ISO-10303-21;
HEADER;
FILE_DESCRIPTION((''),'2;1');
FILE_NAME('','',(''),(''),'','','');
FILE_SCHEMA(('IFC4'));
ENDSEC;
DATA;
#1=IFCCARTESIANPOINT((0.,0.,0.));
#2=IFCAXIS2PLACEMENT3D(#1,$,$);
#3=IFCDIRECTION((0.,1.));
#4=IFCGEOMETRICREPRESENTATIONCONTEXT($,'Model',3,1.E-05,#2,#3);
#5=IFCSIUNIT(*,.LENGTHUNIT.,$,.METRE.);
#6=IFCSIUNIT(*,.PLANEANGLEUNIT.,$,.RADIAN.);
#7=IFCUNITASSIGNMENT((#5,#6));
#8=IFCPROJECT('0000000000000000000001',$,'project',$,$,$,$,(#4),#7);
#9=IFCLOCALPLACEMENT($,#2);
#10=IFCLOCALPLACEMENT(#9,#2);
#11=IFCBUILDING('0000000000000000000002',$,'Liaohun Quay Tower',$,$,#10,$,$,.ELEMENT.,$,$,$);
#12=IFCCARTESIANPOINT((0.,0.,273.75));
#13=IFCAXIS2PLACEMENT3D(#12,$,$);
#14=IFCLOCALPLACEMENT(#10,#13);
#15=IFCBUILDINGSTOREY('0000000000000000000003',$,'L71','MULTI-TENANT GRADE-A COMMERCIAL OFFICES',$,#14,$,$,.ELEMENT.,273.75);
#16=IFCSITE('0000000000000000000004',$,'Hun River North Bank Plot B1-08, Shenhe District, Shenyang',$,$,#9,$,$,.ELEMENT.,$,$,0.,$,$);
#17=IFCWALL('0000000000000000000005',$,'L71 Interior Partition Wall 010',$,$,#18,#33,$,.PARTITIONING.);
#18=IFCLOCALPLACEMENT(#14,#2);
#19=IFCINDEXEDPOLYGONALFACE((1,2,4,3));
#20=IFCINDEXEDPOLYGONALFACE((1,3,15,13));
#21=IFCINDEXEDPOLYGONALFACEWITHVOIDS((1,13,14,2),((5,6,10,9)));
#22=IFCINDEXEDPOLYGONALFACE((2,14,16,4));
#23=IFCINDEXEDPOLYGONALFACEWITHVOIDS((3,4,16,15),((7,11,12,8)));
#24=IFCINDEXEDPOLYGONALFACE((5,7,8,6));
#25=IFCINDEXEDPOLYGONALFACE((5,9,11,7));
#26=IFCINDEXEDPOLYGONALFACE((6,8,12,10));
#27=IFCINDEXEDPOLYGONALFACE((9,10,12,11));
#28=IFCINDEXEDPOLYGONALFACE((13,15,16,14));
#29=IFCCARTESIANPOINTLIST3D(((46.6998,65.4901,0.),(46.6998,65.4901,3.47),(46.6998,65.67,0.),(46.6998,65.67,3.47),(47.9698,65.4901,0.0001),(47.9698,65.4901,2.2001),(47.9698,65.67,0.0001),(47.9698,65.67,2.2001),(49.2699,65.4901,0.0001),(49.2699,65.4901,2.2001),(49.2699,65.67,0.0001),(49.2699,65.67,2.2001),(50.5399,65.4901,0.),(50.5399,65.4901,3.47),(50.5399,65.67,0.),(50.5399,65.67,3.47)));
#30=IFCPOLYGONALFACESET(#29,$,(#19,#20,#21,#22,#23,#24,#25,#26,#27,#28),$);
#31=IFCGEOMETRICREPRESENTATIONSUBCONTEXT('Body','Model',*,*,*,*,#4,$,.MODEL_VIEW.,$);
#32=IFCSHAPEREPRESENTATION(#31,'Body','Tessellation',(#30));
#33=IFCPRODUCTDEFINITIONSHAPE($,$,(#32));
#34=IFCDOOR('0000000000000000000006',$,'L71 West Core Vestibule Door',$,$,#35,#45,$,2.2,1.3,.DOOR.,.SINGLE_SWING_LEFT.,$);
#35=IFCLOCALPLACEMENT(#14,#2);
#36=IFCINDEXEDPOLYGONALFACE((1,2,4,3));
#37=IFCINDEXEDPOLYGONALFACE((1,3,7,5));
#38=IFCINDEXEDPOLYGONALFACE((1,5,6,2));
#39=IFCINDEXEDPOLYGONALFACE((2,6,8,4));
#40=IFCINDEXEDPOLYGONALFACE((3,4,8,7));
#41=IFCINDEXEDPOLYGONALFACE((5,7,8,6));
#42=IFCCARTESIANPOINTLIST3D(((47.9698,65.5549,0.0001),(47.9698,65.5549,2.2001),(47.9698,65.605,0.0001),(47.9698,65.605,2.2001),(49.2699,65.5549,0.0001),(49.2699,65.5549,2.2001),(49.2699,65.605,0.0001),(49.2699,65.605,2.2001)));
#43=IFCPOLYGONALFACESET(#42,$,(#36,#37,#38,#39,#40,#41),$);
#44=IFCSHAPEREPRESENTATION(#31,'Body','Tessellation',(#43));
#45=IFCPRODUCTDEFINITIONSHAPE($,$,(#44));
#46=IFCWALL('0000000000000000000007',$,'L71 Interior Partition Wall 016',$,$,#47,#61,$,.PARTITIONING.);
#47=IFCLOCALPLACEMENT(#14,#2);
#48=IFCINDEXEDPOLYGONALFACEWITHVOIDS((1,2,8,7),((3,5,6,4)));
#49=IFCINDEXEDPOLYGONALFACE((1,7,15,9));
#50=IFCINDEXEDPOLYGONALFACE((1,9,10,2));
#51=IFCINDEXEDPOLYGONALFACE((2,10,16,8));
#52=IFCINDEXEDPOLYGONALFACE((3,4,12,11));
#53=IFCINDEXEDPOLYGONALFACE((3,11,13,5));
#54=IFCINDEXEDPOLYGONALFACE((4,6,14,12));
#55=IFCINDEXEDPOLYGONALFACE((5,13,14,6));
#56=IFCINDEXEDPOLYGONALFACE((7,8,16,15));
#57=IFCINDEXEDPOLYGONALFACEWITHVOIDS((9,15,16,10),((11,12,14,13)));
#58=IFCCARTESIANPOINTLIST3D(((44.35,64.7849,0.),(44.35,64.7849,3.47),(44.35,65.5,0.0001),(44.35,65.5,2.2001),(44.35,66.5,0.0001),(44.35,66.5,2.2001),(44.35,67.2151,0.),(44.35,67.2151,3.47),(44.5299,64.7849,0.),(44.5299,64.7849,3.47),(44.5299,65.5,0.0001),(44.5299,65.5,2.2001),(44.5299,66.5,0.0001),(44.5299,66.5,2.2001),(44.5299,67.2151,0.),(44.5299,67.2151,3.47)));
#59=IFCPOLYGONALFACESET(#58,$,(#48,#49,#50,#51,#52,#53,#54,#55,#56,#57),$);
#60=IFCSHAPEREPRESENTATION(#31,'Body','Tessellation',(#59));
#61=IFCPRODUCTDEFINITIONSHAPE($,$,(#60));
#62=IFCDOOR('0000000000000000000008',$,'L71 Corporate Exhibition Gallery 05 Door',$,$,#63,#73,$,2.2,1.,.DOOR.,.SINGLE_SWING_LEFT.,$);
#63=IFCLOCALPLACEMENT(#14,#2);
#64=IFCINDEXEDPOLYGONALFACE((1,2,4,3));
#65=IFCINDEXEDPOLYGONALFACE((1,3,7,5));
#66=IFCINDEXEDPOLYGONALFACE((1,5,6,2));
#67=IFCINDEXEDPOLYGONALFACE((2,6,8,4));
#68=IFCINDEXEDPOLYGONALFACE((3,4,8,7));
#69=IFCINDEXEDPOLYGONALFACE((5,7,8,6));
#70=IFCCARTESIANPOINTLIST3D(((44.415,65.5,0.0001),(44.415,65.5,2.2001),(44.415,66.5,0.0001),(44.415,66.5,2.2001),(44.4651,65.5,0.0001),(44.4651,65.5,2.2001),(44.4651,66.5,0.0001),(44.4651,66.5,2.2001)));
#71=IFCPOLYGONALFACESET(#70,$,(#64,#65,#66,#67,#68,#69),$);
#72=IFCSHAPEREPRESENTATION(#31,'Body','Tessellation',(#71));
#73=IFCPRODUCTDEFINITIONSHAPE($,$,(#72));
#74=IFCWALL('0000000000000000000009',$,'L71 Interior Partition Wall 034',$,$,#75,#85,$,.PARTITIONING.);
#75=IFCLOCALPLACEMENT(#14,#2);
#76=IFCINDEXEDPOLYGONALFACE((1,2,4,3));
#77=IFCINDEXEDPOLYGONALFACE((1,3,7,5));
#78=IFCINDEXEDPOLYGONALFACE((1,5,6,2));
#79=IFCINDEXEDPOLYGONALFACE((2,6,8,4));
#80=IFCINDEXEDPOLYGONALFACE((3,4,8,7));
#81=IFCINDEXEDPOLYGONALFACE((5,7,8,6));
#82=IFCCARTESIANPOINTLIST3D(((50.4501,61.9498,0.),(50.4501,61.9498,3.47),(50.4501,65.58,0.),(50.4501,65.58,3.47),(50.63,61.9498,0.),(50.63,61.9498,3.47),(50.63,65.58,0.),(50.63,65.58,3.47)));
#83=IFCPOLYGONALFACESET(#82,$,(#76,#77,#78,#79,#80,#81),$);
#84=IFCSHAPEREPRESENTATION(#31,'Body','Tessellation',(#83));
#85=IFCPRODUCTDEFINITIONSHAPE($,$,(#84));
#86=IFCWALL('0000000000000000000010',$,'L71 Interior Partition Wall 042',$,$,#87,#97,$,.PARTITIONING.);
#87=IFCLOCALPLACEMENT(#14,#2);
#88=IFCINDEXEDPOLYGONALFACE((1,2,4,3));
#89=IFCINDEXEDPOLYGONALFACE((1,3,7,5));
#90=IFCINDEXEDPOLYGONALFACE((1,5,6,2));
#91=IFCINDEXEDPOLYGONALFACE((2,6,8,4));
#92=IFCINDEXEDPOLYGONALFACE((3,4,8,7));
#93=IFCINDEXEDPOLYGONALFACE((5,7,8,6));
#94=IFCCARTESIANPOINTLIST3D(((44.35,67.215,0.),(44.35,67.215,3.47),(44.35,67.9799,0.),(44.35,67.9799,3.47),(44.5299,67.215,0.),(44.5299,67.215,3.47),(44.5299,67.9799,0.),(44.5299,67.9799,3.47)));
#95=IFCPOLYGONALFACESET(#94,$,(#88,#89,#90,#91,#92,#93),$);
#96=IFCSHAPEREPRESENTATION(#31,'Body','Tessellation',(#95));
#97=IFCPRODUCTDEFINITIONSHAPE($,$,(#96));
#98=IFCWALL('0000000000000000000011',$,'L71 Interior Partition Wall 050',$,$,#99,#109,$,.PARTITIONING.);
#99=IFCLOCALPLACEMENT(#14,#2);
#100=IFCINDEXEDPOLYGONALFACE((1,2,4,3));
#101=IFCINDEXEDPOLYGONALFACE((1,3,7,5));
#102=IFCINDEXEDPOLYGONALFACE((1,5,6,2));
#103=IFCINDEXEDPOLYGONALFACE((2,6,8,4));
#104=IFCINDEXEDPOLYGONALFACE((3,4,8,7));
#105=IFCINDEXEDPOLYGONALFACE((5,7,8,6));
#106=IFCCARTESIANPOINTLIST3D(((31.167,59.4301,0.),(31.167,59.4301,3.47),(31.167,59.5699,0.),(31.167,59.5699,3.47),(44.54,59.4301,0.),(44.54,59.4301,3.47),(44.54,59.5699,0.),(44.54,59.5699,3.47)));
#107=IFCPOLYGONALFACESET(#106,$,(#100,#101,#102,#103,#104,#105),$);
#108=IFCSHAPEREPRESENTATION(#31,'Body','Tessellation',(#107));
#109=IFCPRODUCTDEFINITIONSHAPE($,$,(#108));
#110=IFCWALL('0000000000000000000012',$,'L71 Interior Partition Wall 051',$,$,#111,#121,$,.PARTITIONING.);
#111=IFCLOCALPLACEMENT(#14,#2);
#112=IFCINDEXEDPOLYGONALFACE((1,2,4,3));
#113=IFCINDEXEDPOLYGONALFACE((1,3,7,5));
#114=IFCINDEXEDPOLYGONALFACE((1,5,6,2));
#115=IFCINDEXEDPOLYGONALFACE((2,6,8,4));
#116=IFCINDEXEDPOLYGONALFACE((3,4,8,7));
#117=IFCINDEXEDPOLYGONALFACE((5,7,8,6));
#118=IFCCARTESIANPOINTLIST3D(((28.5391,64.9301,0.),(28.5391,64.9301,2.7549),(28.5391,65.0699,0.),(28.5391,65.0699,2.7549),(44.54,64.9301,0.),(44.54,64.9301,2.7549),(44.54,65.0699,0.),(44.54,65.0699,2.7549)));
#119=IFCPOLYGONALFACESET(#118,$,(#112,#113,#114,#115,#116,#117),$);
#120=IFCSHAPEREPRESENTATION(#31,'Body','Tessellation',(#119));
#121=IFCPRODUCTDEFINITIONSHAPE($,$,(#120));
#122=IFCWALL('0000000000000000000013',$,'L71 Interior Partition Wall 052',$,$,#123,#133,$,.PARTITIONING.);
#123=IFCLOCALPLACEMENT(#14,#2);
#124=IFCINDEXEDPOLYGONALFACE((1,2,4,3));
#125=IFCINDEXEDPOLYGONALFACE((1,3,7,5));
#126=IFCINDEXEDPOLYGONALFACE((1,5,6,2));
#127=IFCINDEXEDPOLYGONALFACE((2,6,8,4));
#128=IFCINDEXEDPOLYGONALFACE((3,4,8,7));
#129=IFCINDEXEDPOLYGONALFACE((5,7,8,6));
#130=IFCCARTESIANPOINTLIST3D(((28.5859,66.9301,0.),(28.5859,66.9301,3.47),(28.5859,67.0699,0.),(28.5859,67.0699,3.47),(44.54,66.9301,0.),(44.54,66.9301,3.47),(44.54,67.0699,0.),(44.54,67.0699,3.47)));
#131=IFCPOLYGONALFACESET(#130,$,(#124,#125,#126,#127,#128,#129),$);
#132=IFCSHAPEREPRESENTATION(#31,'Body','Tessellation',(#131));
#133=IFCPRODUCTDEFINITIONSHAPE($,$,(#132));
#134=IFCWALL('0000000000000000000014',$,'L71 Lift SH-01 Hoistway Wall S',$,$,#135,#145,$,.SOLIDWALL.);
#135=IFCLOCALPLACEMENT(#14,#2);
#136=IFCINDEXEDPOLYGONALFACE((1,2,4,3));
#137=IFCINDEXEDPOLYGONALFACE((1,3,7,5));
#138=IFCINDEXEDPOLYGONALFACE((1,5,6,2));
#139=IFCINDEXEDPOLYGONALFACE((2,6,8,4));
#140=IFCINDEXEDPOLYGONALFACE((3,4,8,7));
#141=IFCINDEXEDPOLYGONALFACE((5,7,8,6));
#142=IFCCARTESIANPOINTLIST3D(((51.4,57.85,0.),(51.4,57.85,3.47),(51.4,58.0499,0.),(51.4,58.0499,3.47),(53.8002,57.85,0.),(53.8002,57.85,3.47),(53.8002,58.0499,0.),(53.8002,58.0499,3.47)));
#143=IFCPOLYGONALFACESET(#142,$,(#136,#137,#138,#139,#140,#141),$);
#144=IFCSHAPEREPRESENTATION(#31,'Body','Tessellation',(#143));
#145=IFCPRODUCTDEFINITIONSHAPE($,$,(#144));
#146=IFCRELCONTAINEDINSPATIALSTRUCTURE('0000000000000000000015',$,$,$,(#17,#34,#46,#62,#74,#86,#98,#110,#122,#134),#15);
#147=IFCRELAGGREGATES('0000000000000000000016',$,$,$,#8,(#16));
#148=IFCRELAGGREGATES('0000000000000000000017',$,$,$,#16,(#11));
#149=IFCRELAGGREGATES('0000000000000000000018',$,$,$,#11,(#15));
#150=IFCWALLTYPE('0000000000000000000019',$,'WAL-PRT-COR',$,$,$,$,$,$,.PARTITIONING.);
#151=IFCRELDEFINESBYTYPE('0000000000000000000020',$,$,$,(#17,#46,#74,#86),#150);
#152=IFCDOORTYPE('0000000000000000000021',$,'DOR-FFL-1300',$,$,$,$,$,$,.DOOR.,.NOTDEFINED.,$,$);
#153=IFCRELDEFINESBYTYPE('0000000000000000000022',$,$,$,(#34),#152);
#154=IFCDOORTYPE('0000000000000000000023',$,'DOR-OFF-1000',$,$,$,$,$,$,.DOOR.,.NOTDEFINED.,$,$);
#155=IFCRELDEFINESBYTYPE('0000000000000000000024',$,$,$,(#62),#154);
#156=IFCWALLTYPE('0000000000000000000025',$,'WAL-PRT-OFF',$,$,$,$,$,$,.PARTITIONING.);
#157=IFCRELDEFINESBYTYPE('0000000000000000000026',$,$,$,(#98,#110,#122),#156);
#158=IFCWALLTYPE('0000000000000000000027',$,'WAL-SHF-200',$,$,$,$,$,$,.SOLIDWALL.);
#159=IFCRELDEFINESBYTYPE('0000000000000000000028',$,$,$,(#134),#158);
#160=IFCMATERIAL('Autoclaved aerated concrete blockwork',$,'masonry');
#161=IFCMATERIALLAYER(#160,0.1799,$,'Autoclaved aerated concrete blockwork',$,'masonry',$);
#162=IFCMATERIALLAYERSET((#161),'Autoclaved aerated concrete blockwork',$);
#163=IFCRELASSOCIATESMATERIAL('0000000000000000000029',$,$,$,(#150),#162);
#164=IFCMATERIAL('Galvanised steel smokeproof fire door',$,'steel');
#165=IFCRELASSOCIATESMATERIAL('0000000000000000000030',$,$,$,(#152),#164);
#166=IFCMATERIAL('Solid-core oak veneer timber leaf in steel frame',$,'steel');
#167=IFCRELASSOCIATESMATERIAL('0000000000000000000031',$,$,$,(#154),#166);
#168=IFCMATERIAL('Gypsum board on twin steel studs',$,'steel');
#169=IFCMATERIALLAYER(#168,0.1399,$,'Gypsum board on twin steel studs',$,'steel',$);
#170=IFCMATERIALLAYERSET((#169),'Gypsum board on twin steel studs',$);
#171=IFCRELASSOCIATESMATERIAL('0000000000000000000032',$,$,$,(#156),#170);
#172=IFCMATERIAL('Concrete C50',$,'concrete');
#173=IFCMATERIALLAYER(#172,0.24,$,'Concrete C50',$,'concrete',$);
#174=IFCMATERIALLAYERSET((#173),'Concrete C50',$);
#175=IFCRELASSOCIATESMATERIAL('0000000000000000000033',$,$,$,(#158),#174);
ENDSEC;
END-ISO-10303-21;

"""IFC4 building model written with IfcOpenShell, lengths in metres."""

from ifc_helpers import new_model, si_unit, direction, frame, frame_2d, origin, place, context, subcontext, project, spatial, rectangle, extrude, source, transform, mapped, material, layer, layer_set, type_object, element, fill, save


model = new_model("IFC4")

# Units and contexts
model_context = context("Model", 3, precision=1e-05, world=origin(), true_north=direction((0.0, 1.0)))
body_context = subcontext(model_context, "Body", "Model", "MODEL_VIEW")
ifc_project = project(units=[si_unit("LENGTHUNIT", "METRE"), si_unit("PLANEANGLEUNIT", "RADIAN")], contexts=[model_context])

# Site, building, storey
site_placement = place(None, origin())
site = spatial("IfcSite", under=ifc_project, at=site_placement, Name="Hun River North Bank Plot B1-08, Shenhe District, Shenyang", CompositionType="ELEMENT", RefElevation=0.0)
building_placement = place(site_placement, origin())
building = spatial("IfcBuilding", under=site, at=building_placement, Name="Liaohun Quay Tower", CompositionType="ELEMENT")
storey_placement = place(building_placement, frame((0.0, 0.0, 273.75)))
storey = spatial("IfcBuildingStorey", under=building, at=storey_placement, Name="L71", Description="MULTI-TENANT GRADE-A COMMERCIAL OFFICES", CompositionType="ELEMENT", Elevation=273.75)

# Walls, openings, doors
ifc_material_1 = material(Name="Autoclaved aerated concrete blockwork", Category="masonry")
ifc_layer_1 = layer(ifc_material_1, 0.1799, Name="Autoclaved aerated concrete blockwork", Category="masonry")
ifc_layer_set_1 = layer_set([ifc_layer_1], Name="Autoclaved aerated concrete blockwork")
wall_type_1 = type_object("IfcWallType", Name="WAL-PRT-COR", PredefinedType="PARTITIONING", material=ifc_layer_set_1)
wall_1_placement = place(storey_placement, frame((46.7, 65.5801, 0.0), z_axis=(0.0, 0.0, 1.0), x_axis=(1.0, 0.0, 0.0)))
wall_1 = element("IfcWall", 1, at=wall_1_placement, inside=storey, type_object=wall_type_1, Name="L71 Interior Partition Wall 010", PredefinedType="PARTITIONING", context=body_context, shape_type="SweptSolid", body=[
    extrude(rectangle(XDim=3.8401, YDim=0.1799, at=frame_2d((1.9199, 0.0))), origin(), (0.0, 0.0, 1.0), 3.47),
])
shared_shape_1 = source(origin(), body_context, "Body", "SweptSolid", [
    extrude(rectangle(XDim=1.3, YDim=2.2, at=frame_2d((0.6499, 1.1001))), frame((0.0, 0.0999, 0.0), z_axis=(0.0, -1.0, 0.0), x_axis=(1.0, 0.0, 0.0)), (0.0, 0.0, 1.0), 0.2),
])
opening_1_placement = place(wall_1_placement, frame((1.27, 0.0, 0.0)))
opening_1 = element("IfcOpeningElement", 2, at=opening_1_placement, cuts=wall_1, PredefinedType="OPENING", context=body_context, shape_type="MappedRepresentation", body=[
    mapped(shared_shape_1, transform((0.0, 0.0, 0.0), x_axis=(1.0, 0.0, 0.0), y_axis=(0.0, 1.0, 0.0), z_axis=(0.0, 0.0, 1.0), scale=1.0)),
])
ifc_material_2 = material(Name="Galvanised steel smokeproof fire door", Category="steel")
door_type_1 = type_object("IfcDoorType", Name="DOR-FFL-1300", OperationType="NOTDEFINED", PredefinedType="DOOR", material=ifc_material_2)
shared_shape_2 = source(origin(), body_context, "Body", "SweptSolid", [
    extrude(rectangle(XDim=1.3, YDim=2.2, at=frame_2d((0.6499, 1.1001))), frame((0.0, 0.0249, 0.0), z_axis=(0.0, -1.0, 0.0), x_axis=(1.0, 0.0, 0.0)), (0.0, 0.0, 1.0), 0.05),
])
door_1_placement = place(opening_1_placement, origin())
door_1 = element("IfcDoor", 3, at=door_1_placement, inside=storey, type_object=door_type_1, Name="L71 West Core Vestibule Door", OperationType="SINGLE_SWING_LEFT", OverallHeight=2.2, OverallWidth=1.3, PredefinedType="DOOR", context=body_context, shape_type="MappedRepresentation", body=[
    mapped(shared_shape_2, transform((0.0, 0.0, 0.0), x_axis=(1.0, 0.0, 0.0), y_axis=(0.0, 1.0, 0.0), z_axis=(0.0, 0.0, 1.0), scale=1.0)),
])
fill(opening_1, door_1)
wall_2_placement = place(storey_placement, frame((44.4399, 64.7849, 0.0), z_axis=(0.0, 0.0, 1.0), x_axis=(0.0, 1.0, 0.0)))
wall_2 = element("IfcWall", 4, at=wall_2_placement, inside=storey, type_object=wall_type_1, Name="L71 Interior Partition Wall 016", PredefinedType="PARTITIONING", context=body_context, shape_type="SweptSolid", body=[
    extrude(rectangle(XDim=2.4302, YDim=0.1799, at=frame_2d((1.2151, 0.0))), origin(), (0.0, 0.0, 1.0), 3.47),
])
shared_shape_3 = source(origin(), body_context, "Body", "SweptSolid", [
    extrude(rectangle(XDim=1.0, YDim=2.2, at=frame_2d((0.5, 1.1001))), frame((0.0, 0.0999, 0.0), z_axis=(0.0, -1.0, 0.0), x_axis=(1.0, 0.0, 0.0)), (0.0, 0.0, 1.0), 0.2),
])
opening_2_placement = place(wall_2_placement, frame((0.7151, 0.0, 0.0)))
opening_2 = element("IfcOpeningElement", 5, at=opening_2_placement, cuts=wall_2, PredefinedType="OPENING", context=body_context, shape_type="MappedRepresentation", body=[
    mapped(shared_shape_3, transform((0.0, 0.0, 0.0), x_axis=(1.0, 0.0, 0.0), y_axis=(0.0, 1.0, 0.0), z_axis=(0.0, 0.0, 1.0), scale=1.0)),
])
ifc_material_3 = material(Name="Solid-core oak veneer timber leaf in steel frame", Category="steel")
door_type_2 = type_object("IfcDoorType", Name="DOR-OFF-1000", OperationType="NOTDEFINED", PredefinedType="DOOR", material=ifc_material_3)
shared_shape_4 = source(origin(), body_context, "Body", "SweptSolid", [
    extrude(rectangle(XDim=1.0, YDim=2.2, at=frame_2d((0.5, 1.1001))), frame((0.0, 0.0249, 0.0), z_axis=(0.0, -1.0, 0.0), x_axis=(1.0, 0.0, 0.0)), (0.0, 0.0, 1.0), 0.05),
])
door_2_placement = place(opening_2_placement, origin())
door_2 = element("IfcDoor", 6, at=door_2_placement, inside=storey, type_object=door_type_2, Name="L71 Corporate Exhibition Gallery 05 Door", OperationType="SINGLE_SWING_LEFT", OverallHeight=2.2, OverallWidth=1.0, PredefinedType="DOOR", context=body_context, shape_type="MappedRepresentation", body=[
    mapped(shared_shape_4, transform((0.0, 0.0, 0.0), x_axis=(1.0, 0.0, 0.0), y_axis=(0.0, 1.0, 0.0), z_axis=(0.0, 0.0, 1.0), scale=1.0)),
])
fill(opening_2, door_2)

# Walls
wall_3_placement = place(storey_placement, frame((50.54, 61.95, 0.0), z_axis=(0.0, 0.0, 1.0), x_axis=(0.0, 1.0, 0.0)))
element("IfcWall", 7, at=wall_3_placement, inside=storey, type_object=wall_type_1, Name="L71 Interior Partition Wall 034", PredefinedType="PARTITIONING", context=body_context, shape_type="SweptSolid", body=[
    extrude(rectangle(XDim=3.6301, YDim=0.1799, at=frame_2d((1.8149, 0.0))), origin(), (0.0, 0.0, 1.0), 3.47),
])
wall_4_placement = place(storey_placement, frame((44.4399, 67.2151, 0.0), z_axis=(0.0, 0.0, 1.0), x_axis=(0.0, 1.0, 0.0)))
element("IfcWall", 8, at=wall_4_placement, inside=storey, type_object=wall_type_1, Name="L71 Interior Partition Wall 042", PredefinedType="PARTITIONING", context=body_context, shape_type="SweptSolid", body=[
    extrude(rectangle(XDim=0.7649, YDim=0.1799, at=frame_2d((0.3823, 0.0))), origin(), (0.0, 0.0, 1.0), 3.47),
])
ifc_material_4 = material(Name="Gypsum board on twin steel studs", Category="steel")
ifc_layer_2 = layer(ifc_material_4, 0.1399, Name="Gypsum board on twin steel studs", Category="steel")
ifc_layer_set_2 = layer_set([ifc_layer_2], Name="Gypsum board on twin steel studs")
wall_type_2 = type_object("IfcWallType", Name="WAL-PRT-OFF", PredefinedType="PARTITIONING", material=ifc_layer_set_2)
wall_5_placement = place(storey_placement, frame((44.54, 59.5, 0.0), z_axis=(0.0, 0.0, 1.0), x_axis=(-1.0, 0.0, 0.0)))
element("IfcWall", 9, at=wall_5_placement, inside=storey, type_object=wall_type_2, Name="L71 Interior Partition Wall 050", PredefinedType="PARTITIONING", context=body_context, shape_type="SweptSolid", body=[
    extrude(rectangle(XDim=13.373, YDim=0.1399, at=frame_2d((6.6865, 0.0))), origin(), (0.0, 0.0, 1.0), 3.47),
])
wall_6_placement = place(storey_placement, frame((44.54, 65.0, 0.0), z_axis=(0.0, 0.0, 1.0), x_axis=(-1.0, 0.0, 0.0)))
element("IfcWall", 10, at=wall_6_placement, inside=storey, type_object=wall_type_2, Name="L71 Interior Partition Wall 051", PredefinedType="PARTITIONING", context=body_context, shape_type="SweptSolid", body=[
    extrude(rectangle(XDim=16.001, YDim=0.1399, at=frame_2d((8.0005, 0.0))), origin(), (0.0, 0.0, 1.0), 2.7549),
])
wall_7_placement = place(storey_placement, frame((44.54, 67.0, 0.0), z_axis=(0.0, 0.0, 1.0), x_axis=(-1.0, 0.0, 0.0)))
element("IfcWall", 11, at=wall_7_placement, inside=storey, type_object=wall_type_2, Name="L71 Interior Partition Wall 052", PredefinedType="PARTITIONING", context=body_context, shape_type="SweptSolid", body=[
    extrude(rectangle(XDim=15.9541, YDim=0.1399, at=frame_2d((7.9771, 0.0))), origin(), (0.0, 0.0, 1.0), 3.47),
])
ifc_material_5 = material(Name="Concrete C50", Category="concrete")
ifc_layer_3 = layer(ifc_material_5, 0.24, Name="Concrete C50", Category="concrete")
ifc_layer_set_3 = layer_set([ifc_layer_3], Name="Concrete C50")
wall_type_3 = type_object("IfcWallType", Name="WAL-SHF-200", PredefinedType="SOLIDWALL", material=ifc_layer_set_3)
wall_8_placement = place(storey_placement, frame((51.3999, 57.95, 0.0), z_axis=(0.0, 0.0, 1.0), x_axis=(1.0, 0.0, 0.0)))
element("IfcWall", 12, at=wall_8_placement, inside=storey, type_object=wall_type_3, Name="L71 Lift SH-01 Hoistway Wall S", PredefinedType="SOLIDWALL", context=body_context, shape_type="SweptSolid", body=[
    extrude(rectangle(XDim=2.4001, YDim=0.2, at=frame_2d((1.2002, 0.0))), origin(), (0.0, 0.0, 1.0), 3.47),
])

save(model, "model.ifc")
